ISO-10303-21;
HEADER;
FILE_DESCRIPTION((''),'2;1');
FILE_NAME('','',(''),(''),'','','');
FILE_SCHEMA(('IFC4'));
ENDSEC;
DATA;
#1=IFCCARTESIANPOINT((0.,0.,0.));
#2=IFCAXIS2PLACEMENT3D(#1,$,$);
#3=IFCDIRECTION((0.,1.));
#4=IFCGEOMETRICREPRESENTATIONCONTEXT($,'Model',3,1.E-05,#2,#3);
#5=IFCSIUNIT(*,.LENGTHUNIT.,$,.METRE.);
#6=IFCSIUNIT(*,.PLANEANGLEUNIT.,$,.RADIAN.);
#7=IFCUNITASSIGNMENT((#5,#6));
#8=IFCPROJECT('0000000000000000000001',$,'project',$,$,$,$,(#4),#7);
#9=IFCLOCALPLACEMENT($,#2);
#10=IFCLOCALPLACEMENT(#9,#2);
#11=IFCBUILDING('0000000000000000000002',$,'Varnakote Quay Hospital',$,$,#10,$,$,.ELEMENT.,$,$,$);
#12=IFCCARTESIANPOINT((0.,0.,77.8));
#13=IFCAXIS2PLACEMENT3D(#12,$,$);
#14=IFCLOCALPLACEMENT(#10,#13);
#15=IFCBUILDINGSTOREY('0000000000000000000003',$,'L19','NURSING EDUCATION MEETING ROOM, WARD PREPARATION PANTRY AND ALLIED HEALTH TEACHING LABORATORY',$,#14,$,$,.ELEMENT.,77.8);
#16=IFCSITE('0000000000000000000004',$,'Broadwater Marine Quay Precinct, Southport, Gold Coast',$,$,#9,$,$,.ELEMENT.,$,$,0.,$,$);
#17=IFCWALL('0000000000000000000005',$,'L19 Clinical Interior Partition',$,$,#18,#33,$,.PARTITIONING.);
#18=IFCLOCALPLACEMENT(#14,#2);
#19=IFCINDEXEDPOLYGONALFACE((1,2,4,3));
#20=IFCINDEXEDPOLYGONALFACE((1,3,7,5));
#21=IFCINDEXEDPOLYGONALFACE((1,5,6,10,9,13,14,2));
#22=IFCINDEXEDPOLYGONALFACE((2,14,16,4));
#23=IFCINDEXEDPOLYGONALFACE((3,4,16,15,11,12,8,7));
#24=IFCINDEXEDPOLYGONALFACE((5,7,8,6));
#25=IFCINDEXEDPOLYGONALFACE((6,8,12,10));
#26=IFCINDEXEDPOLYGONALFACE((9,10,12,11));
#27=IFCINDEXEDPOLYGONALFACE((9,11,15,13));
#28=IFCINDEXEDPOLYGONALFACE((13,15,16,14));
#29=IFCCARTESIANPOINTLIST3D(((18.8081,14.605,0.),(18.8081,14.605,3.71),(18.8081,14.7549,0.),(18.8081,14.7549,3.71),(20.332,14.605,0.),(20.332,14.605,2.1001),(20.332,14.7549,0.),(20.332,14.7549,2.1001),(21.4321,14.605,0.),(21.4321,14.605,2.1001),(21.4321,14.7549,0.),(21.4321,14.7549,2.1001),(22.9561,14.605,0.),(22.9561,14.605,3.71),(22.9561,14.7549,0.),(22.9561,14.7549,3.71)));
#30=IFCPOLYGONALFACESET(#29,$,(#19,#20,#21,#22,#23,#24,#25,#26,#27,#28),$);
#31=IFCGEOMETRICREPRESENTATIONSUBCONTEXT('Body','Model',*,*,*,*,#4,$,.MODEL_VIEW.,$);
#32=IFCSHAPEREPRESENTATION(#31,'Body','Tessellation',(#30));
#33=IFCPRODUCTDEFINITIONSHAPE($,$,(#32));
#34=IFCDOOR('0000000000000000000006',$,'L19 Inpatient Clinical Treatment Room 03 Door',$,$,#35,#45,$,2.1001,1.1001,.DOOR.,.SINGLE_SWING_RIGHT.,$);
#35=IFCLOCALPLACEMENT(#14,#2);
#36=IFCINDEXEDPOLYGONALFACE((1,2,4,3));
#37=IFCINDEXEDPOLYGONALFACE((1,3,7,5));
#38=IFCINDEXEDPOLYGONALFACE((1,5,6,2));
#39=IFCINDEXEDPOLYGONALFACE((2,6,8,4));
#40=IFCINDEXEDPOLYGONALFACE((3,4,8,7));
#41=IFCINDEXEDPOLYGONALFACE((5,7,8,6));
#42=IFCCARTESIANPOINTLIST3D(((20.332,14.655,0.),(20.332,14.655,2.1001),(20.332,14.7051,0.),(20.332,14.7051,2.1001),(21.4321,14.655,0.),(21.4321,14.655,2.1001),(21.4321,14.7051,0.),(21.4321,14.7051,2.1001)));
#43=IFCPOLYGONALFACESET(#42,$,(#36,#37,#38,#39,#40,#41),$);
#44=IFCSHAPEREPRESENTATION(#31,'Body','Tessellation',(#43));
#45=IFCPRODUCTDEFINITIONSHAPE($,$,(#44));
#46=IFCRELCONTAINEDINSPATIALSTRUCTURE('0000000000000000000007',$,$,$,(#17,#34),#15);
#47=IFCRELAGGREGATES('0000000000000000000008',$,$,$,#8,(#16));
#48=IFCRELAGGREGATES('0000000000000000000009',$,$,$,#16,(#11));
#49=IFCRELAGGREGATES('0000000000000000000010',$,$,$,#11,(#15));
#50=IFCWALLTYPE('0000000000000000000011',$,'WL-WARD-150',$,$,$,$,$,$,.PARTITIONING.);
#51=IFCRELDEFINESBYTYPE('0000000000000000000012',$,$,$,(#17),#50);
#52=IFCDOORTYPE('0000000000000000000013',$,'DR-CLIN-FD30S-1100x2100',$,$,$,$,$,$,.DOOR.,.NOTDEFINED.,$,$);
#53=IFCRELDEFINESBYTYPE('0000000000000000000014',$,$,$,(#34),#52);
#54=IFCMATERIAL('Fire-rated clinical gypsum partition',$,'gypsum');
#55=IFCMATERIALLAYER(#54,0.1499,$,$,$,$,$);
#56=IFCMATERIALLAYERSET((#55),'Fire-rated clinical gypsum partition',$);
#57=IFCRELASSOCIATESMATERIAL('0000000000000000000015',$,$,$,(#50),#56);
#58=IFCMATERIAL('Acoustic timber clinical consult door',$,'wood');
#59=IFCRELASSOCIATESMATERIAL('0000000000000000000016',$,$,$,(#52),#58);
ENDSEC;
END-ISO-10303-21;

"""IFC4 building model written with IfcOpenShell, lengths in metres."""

from ifc_helpers import new_model, si_unit, direction, frame, frame_2d, origin, place, context, subcontext, project, spatial, rectangle, extrude, material, layer, layer_set, type_object, element, fill, save


model = new_model("IFC4")

# Units and contexts
model_context = context("Model", 3, precision=1e-05, world=origin(), true_north=direction((0.0, 1.0)))
body_context = subcontext(model_context, "Body", "Model", "MODEL_VIEW")
ifc_project = project(units=[si_unit("LENGTHUNIT", "METRE"), si_unit("PLANEANGLEUNIT", "RADIAN")], contexts=[model_context])

# Site, building, storey
site_placement = place(None, origin())
site = spatial("IfcSite", under=ifc_project, at=site_placement, Name="Broadwater Marine Quay Precinct, Southport, Gold Coast", CompositionType="ELEMENT", RefElevation=0.0)
building_placement = place(site_placement, origin())
building = spatial("IfcBuilding", under=site, at=building_placement, Name="Varnakote Quay Hospital", CompositionType="ELEMENT")
storey_placement = place(building_placement, frame((0.0, 0.0, 77.8)))
storey = spatial("IfcBuildingStorey", under=building, at=storey_placement, Name="L19", Description="NURSING EDUCATION MEETING ROOM, WARD PREPARATION PANTRY AND ALLIED HEALTH TEACHING LABORATORY", CompositionType="ELEMENT", Elevation=77.8)

# Wall, opening, door
ifc_material_1 = material(Name="Fire-rated clinical gypsum partition", Category="gypsum")
ifc_layer_1 = layer(ifc_material_1, 0.1499)
ifc_layer_set_1 = layer_set([ifc_layer_1], Name="Fire-rated clinical gypsum partition")
wall_type_1 = type_object("IfcWallType", Name="WL-WARD-150", PredefinedType="PARTITIONING", material=ifc_layer_set_1)
ifc_material_2 = material(Name="Acoustic timber clinical consult door", Category="wood")
door_type_1 = type_object("IfcDoorType", Name="DR-CLIN-FD30S-1100x2100", OperationType="NOTDEFINED", PredefinedType="DOOR", material=ifc_material_2)
wall_1_placement = place(storey_placement, frame((22.9561, 14.6799, 0.0), z_axis=(0.0, 0.0, 1.0), x_axis=(-1.0, 0.0, 0.0)))
wall_1 = element("IfcWall", 1, at=wall_1_placement, inside=storey, type_object=wall_type_1, Name="L19 Clinical Interior Partition", PredefinedType="PARTITIONING", context=body_context, shape_type="SweptSolid", body=[
    extrude(rectangle(XDim=4.1479, YDim=0.1499, at=frame_2d((2.074, 0.0))), origin(), (0.0, 0.0, 1.0), 3.71),
])
opening_1_placement = place(wall_1_placement, frame((1.5239, 0.0, 0.0)))
opening_1 = element("IfcOpeningElement", 2, at=opening_1_placement, cuts=wall_1, PredefinedType="OPENING", context=body_context, shape_type="SweptSolid", body=[
    extrude(rectangle(XDim=1.1001, YDim=2.1001, at=frame_2d((0.55, 1.05))), frame((0.0, 0.085, 0.0), z_axis=(0.0, -1.0, 0.0), x_axis=(1.0, 0.0, 0.0)), (0.0, 0.0, 1.0), 0.1699),
])
door_1_placement = place(opening_1_placement, origin())
door_1 = element("IfcDoor", 3, at=door_1_placement, inside=storey, type_object=door_type_1, Name="L19 Inpatient Clinical Treatment Room 03 Door", OperationType="SINGLE_SWING_RIGHT", OverallHeight=2.1001, OverallWidth=1.1001, PredefinedType="DOOR", context=body_context, shape_type="SweptSolid", body=[
    extrude(rectangle(XDim=1.1001, YDim=2.1001, at=frame_2d((0.55, 1.05))), frame((0.0, 0.0249, 0.0), z_axis=(0.0, -1.0, 0.0), x_axis=(1.0, 0.0, 0.0)), (0.0, 0.0, 1.0), 0.05),
])
fill(opening_1, door_1)

save(model, "model.ifc")
